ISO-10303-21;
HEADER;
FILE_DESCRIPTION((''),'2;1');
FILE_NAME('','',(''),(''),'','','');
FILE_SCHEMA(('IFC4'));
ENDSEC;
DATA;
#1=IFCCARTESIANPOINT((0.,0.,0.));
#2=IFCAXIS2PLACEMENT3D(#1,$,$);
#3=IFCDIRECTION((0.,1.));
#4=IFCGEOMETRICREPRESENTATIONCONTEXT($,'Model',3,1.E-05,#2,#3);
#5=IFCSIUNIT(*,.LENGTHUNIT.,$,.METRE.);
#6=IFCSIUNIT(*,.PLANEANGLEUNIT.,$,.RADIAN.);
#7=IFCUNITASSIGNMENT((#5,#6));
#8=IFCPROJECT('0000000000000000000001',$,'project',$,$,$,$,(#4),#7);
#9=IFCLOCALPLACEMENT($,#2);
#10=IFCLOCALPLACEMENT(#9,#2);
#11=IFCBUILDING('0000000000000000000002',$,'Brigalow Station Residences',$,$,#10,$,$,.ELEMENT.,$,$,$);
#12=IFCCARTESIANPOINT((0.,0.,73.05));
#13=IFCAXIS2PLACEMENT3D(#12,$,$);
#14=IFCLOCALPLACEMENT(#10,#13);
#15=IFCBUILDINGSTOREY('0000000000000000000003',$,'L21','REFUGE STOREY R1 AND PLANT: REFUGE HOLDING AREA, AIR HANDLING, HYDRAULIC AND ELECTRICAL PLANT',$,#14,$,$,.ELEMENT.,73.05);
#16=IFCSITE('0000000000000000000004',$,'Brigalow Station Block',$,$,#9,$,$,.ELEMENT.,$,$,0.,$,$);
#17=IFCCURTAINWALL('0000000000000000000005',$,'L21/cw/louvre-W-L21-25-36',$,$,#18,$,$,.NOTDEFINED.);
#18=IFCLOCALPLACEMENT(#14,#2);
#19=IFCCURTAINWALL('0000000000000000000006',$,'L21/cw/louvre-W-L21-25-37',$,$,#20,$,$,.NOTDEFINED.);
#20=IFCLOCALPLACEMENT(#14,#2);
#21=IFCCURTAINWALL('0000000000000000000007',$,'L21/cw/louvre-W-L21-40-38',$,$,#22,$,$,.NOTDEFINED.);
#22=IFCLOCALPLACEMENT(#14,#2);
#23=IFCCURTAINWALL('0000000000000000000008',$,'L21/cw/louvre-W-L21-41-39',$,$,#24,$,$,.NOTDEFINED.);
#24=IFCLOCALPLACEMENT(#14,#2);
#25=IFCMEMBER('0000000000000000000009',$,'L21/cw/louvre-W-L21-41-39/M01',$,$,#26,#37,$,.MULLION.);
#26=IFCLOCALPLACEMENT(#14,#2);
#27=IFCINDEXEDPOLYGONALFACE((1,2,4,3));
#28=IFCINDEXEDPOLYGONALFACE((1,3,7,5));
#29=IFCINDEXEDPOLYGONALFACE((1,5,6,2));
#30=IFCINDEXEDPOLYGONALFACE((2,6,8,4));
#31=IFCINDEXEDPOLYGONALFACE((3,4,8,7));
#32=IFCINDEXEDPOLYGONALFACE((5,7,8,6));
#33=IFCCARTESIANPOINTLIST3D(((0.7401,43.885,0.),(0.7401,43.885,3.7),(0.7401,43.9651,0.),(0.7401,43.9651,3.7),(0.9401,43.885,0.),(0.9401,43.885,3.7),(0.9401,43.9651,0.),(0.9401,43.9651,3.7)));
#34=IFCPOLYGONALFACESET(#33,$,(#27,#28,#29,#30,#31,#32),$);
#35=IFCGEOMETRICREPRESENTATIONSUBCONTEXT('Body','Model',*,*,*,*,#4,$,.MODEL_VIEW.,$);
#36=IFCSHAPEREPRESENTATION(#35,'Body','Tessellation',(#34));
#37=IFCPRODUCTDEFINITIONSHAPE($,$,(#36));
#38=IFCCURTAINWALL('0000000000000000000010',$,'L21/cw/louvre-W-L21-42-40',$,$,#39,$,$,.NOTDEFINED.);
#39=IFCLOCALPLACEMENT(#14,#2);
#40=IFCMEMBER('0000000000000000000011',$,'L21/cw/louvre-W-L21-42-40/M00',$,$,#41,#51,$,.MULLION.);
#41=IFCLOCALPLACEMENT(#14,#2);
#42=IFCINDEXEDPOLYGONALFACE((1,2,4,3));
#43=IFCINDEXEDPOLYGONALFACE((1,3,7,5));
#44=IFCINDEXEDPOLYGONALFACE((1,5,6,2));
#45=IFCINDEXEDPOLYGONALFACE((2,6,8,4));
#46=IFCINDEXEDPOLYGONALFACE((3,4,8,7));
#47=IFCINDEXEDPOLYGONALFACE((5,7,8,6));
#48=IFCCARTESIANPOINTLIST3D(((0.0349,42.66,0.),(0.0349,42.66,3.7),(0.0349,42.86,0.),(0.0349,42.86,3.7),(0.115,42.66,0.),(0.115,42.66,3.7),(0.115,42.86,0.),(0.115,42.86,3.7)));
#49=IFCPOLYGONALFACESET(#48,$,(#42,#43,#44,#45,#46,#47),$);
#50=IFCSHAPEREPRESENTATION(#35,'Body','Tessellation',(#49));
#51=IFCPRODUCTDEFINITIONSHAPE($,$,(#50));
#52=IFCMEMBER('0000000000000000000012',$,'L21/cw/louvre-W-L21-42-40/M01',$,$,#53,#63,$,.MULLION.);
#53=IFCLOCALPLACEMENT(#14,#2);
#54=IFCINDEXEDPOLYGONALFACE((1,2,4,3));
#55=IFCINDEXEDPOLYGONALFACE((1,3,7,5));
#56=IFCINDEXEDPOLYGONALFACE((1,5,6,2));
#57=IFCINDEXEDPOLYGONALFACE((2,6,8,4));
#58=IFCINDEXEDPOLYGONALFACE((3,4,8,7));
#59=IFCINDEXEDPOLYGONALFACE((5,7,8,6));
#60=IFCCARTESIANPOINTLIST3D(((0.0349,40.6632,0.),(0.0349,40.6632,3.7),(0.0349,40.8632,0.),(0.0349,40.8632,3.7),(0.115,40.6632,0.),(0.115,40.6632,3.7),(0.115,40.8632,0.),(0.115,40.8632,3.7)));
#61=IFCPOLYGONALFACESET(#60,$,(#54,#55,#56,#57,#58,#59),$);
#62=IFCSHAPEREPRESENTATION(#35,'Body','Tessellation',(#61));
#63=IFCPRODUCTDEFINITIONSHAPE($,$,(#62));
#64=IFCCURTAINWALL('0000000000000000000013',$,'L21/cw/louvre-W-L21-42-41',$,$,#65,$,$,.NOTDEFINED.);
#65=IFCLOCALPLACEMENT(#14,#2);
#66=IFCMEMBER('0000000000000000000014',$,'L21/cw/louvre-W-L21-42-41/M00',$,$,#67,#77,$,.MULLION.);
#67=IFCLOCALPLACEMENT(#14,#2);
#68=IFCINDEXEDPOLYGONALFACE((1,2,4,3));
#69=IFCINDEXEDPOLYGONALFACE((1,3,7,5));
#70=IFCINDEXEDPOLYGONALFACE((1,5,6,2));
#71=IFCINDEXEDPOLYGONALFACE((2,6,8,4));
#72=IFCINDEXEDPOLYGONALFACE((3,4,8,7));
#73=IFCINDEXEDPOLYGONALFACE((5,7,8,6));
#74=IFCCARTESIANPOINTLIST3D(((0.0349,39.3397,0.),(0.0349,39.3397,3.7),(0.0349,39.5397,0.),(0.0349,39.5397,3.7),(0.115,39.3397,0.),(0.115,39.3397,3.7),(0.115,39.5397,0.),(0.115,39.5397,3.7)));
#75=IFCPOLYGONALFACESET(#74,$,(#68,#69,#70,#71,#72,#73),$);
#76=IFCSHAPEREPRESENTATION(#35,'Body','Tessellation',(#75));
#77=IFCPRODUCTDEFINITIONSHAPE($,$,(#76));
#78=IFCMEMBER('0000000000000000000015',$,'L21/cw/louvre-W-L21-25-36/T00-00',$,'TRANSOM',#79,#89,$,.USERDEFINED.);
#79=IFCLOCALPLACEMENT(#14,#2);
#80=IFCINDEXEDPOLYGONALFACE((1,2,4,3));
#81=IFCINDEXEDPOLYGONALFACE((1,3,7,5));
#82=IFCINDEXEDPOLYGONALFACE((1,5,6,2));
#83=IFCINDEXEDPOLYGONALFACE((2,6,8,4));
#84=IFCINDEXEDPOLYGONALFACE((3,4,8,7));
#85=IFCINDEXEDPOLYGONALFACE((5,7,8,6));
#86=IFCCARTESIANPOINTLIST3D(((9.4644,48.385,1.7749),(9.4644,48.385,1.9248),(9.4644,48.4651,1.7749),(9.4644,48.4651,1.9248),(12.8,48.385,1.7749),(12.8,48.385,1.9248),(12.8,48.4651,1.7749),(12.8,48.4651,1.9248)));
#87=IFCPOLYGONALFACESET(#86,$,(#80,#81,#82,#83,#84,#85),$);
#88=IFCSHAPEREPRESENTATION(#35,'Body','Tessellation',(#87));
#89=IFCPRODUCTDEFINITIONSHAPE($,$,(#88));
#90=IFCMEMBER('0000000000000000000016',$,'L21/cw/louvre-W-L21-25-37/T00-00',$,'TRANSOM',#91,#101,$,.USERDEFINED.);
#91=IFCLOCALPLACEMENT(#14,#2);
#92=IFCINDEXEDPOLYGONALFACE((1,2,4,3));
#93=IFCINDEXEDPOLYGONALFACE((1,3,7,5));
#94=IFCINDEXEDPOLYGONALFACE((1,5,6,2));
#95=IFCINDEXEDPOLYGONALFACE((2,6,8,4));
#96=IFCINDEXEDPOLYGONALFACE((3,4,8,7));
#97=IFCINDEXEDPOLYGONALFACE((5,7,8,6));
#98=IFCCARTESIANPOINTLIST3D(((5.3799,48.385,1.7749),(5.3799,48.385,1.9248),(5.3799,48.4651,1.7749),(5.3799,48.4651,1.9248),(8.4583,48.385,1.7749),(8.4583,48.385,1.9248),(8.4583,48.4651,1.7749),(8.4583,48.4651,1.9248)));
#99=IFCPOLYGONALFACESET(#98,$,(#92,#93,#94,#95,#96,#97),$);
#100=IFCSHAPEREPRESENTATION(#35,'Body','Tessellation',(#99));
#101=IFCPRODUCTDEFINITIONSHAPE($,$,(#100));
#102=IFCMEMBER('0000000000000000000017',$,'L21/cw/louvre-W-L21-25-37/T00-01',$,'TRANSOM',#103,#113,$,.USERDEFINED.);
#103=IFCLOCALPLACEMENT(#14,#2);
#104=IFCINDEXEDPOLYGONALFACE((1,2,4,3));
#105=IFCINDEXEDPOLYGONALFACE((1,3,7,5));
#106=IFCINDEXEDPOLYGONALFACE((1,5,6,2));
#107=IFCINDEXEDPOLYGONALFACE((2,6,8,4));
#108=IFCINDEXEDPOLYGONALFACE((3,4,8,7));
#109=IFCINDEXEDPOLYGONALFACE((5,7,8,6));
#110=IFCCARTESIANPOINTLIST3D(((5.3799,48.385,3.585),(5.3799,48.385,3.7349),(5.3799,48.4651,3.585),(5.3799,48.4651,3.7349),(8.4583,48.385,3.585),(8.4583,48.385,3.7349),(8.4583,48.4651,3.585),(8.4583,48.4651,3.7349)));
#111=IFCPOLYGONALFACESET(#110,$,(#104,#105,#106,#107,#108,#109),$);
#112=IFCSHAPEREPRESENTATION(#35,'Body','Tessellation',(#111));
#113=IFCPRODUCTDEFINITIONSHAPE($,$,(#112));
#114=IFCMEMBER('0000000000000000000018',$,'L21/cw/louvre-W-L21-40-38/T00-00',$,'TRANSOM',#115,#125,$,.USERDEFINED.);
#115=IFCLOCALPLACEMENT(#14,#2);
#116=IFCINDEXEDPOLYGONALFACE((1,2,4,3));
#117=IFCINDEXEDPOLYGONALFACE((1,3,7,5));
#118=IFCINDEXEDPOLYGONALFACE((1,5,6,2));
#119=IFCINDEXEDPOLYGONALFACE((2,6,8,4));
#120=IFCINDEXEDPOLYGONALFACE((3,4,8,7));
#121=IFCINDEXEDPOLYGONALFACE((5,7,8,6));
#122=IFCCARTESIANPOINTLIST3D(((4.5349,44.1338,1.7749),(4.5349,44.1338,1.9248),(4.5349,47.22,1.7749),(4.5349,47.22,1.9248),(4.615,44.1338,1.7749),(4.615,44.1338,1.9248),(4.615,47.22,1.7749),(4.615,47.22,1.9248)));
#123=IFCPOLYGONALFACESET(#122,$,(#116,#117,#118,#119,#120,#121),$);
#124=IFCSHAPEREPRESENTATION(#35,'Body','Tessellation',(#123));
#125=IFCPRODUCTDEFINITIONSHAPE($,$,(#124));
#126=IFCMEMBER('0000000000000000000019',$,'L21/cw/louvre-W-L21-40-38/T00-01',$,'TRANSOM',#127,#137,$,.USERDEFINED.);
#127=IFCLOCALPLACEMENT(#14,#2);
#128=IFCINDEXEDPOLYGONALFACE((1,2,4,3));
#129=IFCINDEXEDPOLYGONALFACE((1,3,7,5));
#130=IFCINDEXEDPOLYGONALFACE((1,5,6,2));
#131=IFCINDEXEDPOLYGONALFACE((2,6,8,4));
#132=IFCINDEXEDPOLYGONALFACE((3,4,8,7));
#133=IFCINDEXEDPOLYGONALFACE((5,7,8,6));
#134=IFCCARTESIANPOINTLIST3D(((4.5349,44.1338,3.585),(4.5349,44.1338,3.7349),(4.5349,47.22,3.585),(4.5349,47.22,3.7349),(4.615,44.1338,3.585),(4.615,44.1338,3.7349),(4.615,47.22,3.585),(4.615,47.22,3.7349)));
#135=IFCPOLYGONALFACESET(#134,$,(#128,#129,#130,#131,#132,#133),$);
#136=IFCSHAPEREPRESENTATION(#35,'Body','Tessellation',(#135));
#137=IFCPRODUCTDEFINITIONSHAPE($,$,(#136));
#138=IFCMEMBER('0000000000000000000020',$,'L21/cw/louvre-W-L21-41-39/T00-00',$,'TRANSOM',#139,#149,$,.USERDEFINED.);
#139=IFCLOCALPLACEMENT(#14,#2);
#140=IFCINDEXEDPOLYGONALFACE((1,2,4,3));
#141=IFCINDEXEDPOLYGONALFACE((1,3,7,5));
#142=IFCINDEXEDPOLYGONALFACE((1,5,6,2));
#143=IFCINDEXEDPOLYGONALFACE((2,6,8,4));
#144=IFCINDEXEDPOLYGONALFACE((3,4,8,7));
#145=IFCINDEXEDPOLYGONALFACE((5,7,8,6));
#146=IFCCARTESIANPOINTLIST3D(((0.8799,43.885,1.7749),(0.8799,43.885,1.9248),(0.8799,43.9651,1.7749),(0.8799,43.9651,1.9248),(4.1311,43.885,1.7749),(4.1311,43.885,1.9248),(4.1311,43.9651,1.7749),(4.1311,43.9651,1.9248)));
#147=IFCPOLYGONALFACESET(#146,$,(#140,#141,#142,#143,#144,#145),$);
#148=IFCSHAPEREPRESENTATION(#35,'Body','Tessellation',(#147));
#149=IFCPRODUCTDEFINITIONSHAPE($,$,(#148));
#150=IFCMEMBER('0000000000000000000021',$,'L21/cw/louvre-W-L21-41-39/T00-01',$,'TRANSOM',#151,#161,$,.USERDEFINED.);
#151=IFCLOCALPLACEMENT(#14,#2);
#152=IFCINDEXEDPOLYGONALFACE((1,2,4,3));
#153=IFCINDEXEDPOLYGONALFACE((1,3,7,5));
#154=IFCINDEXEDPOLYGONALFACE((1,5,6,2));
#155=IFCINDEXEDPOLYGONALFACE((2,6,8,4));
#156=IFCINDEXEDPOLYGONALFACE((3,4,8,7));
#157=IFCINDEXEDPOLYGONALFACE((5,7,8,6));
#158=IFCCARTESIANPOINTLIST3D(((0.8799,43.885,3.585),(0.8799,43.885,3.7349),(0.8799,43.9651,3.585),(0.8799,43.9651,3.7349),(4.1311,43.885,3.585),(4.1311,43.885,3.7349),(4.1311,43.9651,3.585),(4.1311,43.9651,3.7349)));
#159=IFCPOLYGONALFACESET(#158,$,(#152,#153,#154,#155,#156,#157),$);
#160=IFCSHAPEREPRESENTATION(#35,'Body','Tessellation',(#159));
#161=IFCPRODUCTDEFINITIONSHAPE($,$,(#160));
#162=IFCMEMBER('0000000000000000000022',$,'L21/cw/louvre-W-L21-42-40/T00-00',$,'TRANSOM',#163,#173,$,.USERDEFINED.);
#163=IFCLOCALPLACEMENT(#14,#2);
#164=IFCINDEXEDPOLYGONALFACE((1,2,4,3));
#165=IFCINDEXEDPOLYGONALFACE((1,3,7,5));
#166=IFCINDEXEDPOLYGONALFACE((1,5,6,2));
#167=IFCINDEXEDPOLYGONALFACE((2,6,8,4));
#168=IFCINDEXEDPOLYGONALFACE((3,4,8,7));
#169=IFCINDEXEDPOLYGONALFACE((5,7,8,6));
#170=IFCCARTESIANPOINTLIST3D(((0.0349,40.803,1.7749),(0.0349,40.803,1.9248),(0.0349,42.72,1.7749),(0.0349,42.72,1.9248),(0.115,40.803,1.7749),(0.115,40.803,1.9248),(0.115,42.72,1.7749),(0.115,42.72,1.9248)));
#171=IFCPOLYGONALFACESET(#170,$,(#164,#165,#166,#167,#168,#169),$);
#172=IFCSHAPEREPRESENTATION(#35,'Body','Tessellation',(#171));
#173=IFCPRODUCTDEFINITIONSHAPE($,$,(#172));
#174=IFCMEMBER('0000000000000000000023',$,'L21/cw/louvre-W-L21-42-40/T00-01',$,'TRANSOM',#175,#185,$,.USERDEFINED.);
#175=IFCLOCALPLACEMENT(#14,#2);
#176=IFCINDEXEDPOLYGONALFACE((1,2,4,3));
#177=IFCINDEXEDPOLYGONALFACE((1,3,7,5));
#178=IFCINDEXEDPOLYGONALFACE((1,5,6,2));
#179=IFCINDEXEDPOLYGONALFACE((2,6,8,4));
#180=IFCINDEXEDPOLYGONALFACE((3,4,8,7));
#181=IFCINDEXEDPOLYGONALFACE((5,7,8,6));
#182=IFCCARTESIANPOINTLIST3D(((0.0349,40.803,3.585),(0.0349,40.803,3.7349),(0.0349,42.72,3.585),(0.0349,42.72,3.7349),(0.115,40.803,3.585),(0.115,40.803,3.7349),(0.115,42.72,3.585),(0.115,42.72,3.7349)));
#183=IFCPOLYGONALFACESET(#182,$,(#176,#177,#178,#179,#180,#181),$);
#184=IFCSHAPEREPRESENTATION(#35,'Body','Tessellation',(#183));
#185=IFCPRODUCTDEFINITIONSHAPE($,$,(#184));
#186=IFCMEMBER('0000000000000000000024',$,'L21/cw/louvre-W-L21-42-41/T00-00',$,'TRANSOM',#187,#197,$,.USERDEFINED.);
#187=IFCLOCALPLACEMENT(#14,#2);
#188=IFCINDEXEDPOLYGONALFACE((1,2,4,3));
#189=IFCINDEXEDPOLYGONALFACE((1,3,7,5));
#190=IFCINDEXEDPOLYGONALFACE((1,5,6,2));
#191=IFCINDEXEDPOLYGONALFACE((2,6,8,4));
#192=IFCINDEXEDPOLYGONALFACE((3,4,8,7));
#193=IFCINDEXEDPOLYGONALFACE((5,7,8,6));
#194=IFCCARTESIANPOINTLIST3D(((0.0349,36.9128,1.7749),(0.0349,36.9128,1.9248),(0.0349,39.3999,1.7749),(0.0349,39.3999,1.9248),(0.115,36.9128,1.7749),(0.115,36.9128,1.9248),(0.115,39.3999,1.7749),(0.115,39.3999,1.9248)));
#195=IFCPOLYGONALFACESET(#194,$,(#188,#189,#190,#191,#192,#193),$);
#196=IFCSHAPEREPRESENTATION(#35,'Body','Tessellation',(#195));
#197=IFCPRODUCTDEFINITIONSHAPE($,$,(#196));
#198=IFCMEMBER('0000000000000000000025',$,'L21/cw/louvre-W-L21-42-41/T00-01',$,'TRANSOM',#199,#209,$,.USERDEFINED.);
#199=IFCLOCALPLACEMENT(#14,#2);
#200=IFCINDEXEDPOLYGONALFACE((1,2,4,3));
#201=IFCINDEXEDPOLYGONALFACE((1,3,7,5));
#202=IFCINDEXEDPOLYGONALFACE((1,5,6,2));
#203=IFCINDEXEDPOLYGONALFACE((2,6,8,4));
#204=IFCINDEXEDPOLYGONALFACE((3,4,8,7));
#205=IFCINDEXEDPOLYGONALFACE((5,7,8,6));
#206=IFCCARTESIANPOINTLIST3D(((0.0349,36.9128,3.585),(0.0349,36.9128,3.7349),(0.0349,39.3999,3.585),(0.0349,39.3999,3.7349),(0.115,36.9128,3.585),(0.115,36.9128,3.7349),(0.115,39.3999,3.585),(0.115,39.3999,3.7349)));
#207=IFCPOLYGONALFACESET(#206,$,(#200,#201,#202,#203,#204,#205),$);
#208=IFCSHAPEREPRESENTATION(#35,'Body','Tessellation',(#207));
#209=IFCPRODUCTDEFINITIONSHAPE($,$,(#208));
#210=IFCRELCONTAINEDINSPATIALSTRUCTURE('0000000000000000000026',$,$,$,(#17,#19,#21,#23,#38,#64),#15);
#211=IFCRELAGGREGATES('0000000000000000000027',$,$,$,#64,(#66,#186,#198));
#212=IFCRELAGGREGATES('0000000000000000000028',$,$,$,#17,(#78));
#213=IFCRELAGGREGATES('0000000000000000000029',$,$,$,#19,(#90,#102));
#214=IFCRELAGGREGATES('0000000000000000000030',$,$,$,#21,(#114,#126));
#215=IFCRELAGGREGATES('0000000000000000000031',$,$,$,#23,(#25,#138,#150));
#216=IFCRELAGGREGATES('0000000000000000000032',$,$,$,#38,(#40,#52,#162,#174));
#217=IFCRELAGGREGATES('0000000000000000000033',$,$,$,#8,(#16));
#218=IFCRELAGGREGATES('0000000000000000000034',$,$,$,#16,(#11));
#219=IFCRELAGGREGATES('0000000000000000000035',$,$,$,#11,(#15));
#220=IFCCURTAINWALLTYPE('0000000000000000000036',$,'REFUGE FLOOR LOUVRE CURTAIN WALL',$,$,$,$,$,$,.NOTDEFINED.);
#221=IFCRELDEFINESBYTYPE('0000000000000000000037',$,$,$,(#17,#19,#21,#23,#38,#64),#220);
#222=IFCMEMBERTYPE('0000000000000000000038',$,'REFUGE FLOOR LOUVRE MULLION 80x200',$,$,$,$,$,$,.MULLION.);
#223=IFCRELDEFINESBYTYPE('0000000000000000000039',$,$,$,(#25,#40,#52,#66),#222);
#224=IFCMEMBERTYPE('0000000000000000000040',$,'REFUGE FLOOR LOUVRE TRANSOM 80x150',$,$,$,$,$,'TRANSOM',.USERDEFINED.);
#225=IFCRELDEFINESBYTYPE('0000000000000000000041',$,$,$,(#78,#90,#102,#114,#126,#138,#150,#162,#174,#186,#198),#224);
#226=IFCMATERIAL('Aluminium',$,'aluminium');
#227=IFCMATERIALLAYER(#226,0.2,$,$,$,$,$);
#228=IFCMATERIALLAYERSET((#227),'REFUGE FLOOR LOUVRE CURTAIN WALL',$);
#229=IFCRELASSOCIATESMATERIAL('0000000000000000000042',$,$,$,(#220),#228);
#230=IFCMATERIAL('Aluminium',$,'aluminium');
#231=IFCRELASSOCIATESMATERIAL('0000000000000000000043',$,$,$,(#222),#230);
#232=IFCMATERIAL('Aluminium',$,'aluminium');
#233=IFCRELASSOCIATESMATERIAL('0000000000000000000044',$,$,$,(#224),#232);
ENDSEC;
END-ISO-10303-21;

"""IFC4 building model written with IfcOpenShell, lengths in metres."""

from ifc_helpers import new_model, si_unit, direction, frame, origin, origin_2d, place, context, subcontext, project, spatial, rectangle, extrude, material, layer, layer_set, material_profile, profile_set, type_object, element, aggregate, save


model = new_model("IFC4")

# Units and contexts
model_context = context("Model", 3, precision=1e-05, world=origin(), true_north=direction((0.0, 1.0)))
body_context = subcontext(model_context, "Body", "Model", "MODEL_VIEW")
ifc_project = project(units=[si_unit("LENGTHUNIT", "METRE"), si_unit("PLANEANGLEUNIT", "RADIAN")], contexts=[model_context])

# Site, building, storey
site_placement = place(None, origin())
site = spatial("IfcSite", under=ifc_project, at=site_placement, Name="Brigalow Station Block", CompositionType="ELEMENT", RefElevation=0.0)
building_placement = place(site_placement, origin())
building = spatial("IfcBuilding", under=site, at=building_placement, Name="Brigalow Station Residences", CompositionType="ELEMENT")
storey_placement = place(building_placement, frame((0.0, 0.0, 73.05)))
storey = spatial("IfcBuildingStorey", under=building, at=storey_placement, Name="L21", Description="REFUGE STOREY R1 AND PLANT: REFUGE HOLDING AREA, AIR HANDLING, HYDRAULIC AND ELECTRICAL PLANT", CompositionType="ELEMENT", Elevation=73.05)

# Curtain wall
ifc_material_1 = material(Name="Aluminium", Category="aluminium")
ifc_layer_1 = layer(ifc_material_1, 0.2)
ifc_layer_set_1 = layer_set([ifc_layer_1], Name="REFUGE FLOOR LOUVRE CURTAIN WALL")
curtain_wall_type = type_object("IfcCurtainWallType", Name="REFUGE FLOOR LOUVRE CURTAIN WALL", PredefinedType="NOTDEFINED", material=ifc_layer_set_1)
curtain_wall_1_placement = place(storey_placement, origin())
curtain_wall_1 = element("IfcCurtainWall", 1, at=curtain_wall_1_placement, inside=storey, type_object=curtain_wall_type, Name="L21/cw/louvre-W-L21-25-36", PredefinedType="NOTDEFINED")
ifc_material_2 = material(Name="Aluminium", Category="aluminium")
ifc_material_profile_1 = material_profile(ifc_material_2, rectangle(XDim=0.0801, YDim=0.2, at=origin_2d()), Name="REFUGE FLOOR LOUVRE MULLION 80x200")
ifc_profile_set_1 = profile_set([ifc_material_profile_1], Name="Aluminium")
member_type_1 = type_object("IfcMemberType", Name="REFUGE FLOOR LOUVRE MULLION 80x200", PredefinedType="MULLION", material=ifc_profile_set_1)

# Curtain walls, members
curtain_wall_2_placement = place(storey_placement, origin())
curtain_wall_2 = element("IfcCurtainWall", 2, at=curtain_wall_2_placement, inside=storey, type_object=curtain_wall_type, Name="L21/cw/louvre-W-L21-25-37", PredefinedType="NOTDEFINED")
curtain_wall_3_placement = place(storey_placement, origin())
curtain_wall_3 = element("IfcCurtainWall", 3, at=curtain_wall_3_placement, inside=storey, type_object=curtain_wall_type, Name="L21/cw/louvre-W-L21-40-38", PredefinedType="NOTDEFINED")
curtain_wall_4_placement = place(storey_placement, origin())
curtain_wall_4 = element("IfcCurtainWall", 4, at=curtain_wall_4_placement, inside=storey, type_object=curtain_wall_type, Name="L21/cw/louvre-W-L21-41-39", PredefinedType="NOTDEFINED")
member_1_placement = place(storey_placement, frame((0.8401, 43.925, 0.0), z_axis=(0.0, 0.0, 1.0), x_axis=(0.0, -1.0, 0.0)))
member_1 = element("IfcMember", 5, at=member_1_placement, type_object=member_type_1, Name="L21/cw/louvre-W-L21-41-39/M01", PredefinedType="MULLION", context=body_context, shape_type="SweptSolid", body=[
    extrude(rectangle(XDim=0.0801, YDim=0.2, at=origin_2d()), origin(), (0.0, 0.0, 1.0), 3.7),
])
curtain_wall_5_placement = place(storey_placement, origin())
curtain_wall_5 = element("IfcCurtainWall", 6, at=curtain_wall_5_placement, inside=storey, type_object=curtain_wall_type, Name="L21/cw/louvre-W-L21-42-40", PredefinedType="NOTDEFINED")
member_2_placement = place(storey_placement, frame((0.075, 42.76, 0.0), z_axis=(0.0, 0.0, 1.0), x_axis=(1.0, 0.0, 0.0)))
member_2 = element("IfcMember", 7, at=member_2_placement, type_object=member_type_1, Name="L21/cw/louvre-W-L21-42-40/M00", PredefinedType="MULLION", context=body_context, shape_type="SweptSolid", body=[
    extrude(rectangle(XDim=0.0801, YDim=0.2, at=origin_2d()), origin(), (0.0, 0.0, 1.0), 3.7),
])
member_3_placement = place(storey_placement, frame((0.075, 40.7632, 0.0), z_axis=(0.0, 0.0, 1.0), x_axis=(1.0, 0.0, 0.0)))
member_3 = element("IfcMember", 8, at=member_3_placement, type_object=member_type_1, Name="L21/cw/louvre-W-L21-42-40/M01", PredefinedType="MULLION", context=body_context, shape_type="SweptSolid", body=[
    extrude(rectangle(XDim=0.0801, YDim=0.2, at=origin_2d()), origin(), (0.0, 0.0, 1.0), 3.7),
])

# Curtain wall, member
curtain_wall_6_placement = place(storey_placement, origin())
curtain_wall_6 = element("IfcCurtainWall", 9, at=curtain_wall_6_placement, inside=storey, type_object=curtain_wall_type, Name="L21/cw/louvre-W-L21-42-41", PredefinedType="NOTDEFINED")
member_4_placement = place(storey_placement, frame((0.075, 39.4397, 0.0), z_axis=(0.0, 0.0, 1.0), x_axis=(1.0, 0.0, 0.0)))
member_4 = element("IfcMember", 10, at=member_4_placement, type_object=member_type_1, Name="L21/cw/louvre-W-L21-42-41/M00", PredefinedType="MULLION", context=body_context, shape_type="SweptSolid", body=[
    extrude(rectangle(XDim=0.0801, YDim=0.2, at=origin_2d()), origin(), (0.0, 0.0, 1.0), 3.7),
])

# Members
ifc_material_3 = material(Name="Aluminium", Category="aluminium")
ifc_material_profile_2 = material_profile(ifc_material_3, rectangle(XDim=0.0801, YDim=0.1499, at=origin_2d()), Name="REFUGE FLOOR LOUVRE TRANSOM 80x150")
ifc_profile_set_2 = profile_set([ifc_material_profile_2], Name="Aluminium")
member_type_2 = type_object("IfcMemberType", Name="REFUGE FLOOR LOUVRE TRANSOM 80x150", ElementType="TRANSOM", PredefinedType="USERDEFINED", material=ifc_profile_set_2)
member_5_placement = place(storey_placement, frame((12.8, 48.425, 1.8499), z_axis=(-1.0, 0.0, 0.0), x_axis=(0.0, -1.0, 0.0)))
member_5 = element("IfcMember", 11, at=member_5_placement, type_object=member_type_2, Name="L21/cw/louvre-W-L21-25-36/T00-00", ObjectType="TRANSOM", PredefinedType="USERDEFINED", context=body_context, shape_type="SweptSolid", body=[
    extrude(rectangle(XDim=0.0801, YDim=0.1499, at=origin_2d()), origin(), (0.0, 0.0, 1.0), 3.3357),
])
member_6_placement = place(storey_placement, frame((8.4583, 48.425, 1.8499), z_axis=(-1.0, 0.0, 0.0), x_axis=(0.0, -1.0, 0.0)))
member_6 = element("IfcMember", 12, at=member_6_placement, type_object=member_type_2, Name="L21/cw/louvre-W-L21-25-37/T00-00", ObjectType="TRANSOM", PredefinedType="USERDEFINED", context=body_context, shape_type="SweptSolid", body=[
    extrude(rectangle(XDim=0.0801, YDim=0.1499, at=origin_2d()), origin(), (0.0, 0.0, 1.0), 3.0784),
])
member_7_placement = place(storey_placement, frame((8.4583, 48.425, 3.6599), z_axis=(-1.0, 0.0, 0.0), x_axis=(0.0, -1.0, 0.0)))
member_7 = element("IfcMember", 13, at=member_7_placement, type_object=member_type_2, Name="L21/cw/louvre-W-L21-25-37/T00-01", ObjectType="TRANSOM", PredefinedType="USERDEFINED", context=body_context, shape_type="SweptSolid", body=[
    extrude(rectangle(XDim=0.0801, YDim=0.1499, at=origin_2d()), origin(), (0.0, 0.0, 1.0), 3.0784),
])
member_8_placement = place(storey_placement, frame((4.575, 47.22, 1.8499), z_axis=(0.0, -1.0, 0.0), x_axis=(1.0, 0.0, 0.0)))
member_8 = element("IfcMember", 14, at=member_8_placement, type_object=member_type_2, Name="L21/cw/louvre-W-L21-40-38/T00-00", ObjectType="TRANSOM", PredefinedType="USERDEFINED", context=body_context, shape_type="SweptSolid", body=[
    extrude(rectangle(XDim=0.0801, YDim=0.1499, at=origin_2d()), origin(), (0.0, 0.0, 1.0), 3.0862),
])
member_9_placement = place(storey_placement, frame((4.575, 47.22, 3.6599), z_axis=(0.0, -1.0, 0.0), x_axis=(1.0, 0.0, 0.0)))
member_9 = element("IfcMember", 15, at=member_9_placement, type_object=member_type_2, Name="L21/cw/louvre-W-L21-40-38/T00-01", ObjectType="TRANSOM", PredefinedType="USERDEFINED", context=body_context, shape_type="SweptSolid", body=[
    extrude(rectangle(XDim=0.0801, YDim=0.1499, at=origin_2d()), origin(), (0.0, 0.0, 1.0), 3.0862),
])
member_10_placement = place(storey_placement, frame((4.1311, 43.925, 1.8499), z_axis=(-1.0, 0.0, 0.0), x_axis=(0.0, -1.0, 0.0)))
member_10 = element("IfcMember", 16, at=member_10_placement, type_object=member_type_2, Name="L21/cw/louvre-W-L21-41-39/T00-00", ObjectType="TRANSOM", PredefinedType="USERDEFINED", context=body_context, shape_type="SweptSolid", body=[
    extrude(rectangle(XDim=0.0801, YDim=0.1499, at=origin_2d()), origin(), (0.0, 0.0, 1.0), 3.2512),
])
member_11_placement = place(storey_placement, frame((4.1311, 43.925, 3.6599), z_axis=(-1.0, 0.0, 0.0), x_axis=(0.0, -1.0, 0.0)))
member_11 = element("IfcMember", 17, at=member_11_placement, type_object=member_type_2, Name="L21/cw/louvre-W-L21-41-39/T00-01", ObjectType="TRANSOM", PredefinedType="USERDEFINED", context=body_context, shape_type="SweptSolid", body=[
    extrude(rectangle(XDim=0.0801, YDim=0.1499, at=origin_2d()), origin(), (0.0, 0.0, 1.0), 3.2512),
])
member_12_placement = place(storey_placement, frame((0.075, 42.72, 1.8499), z_axis=(0.0, -1.0, 0.0), x_axis=(1.0, 0.0, 0.0)))
member_12 = element("IfcMember", 18, at=member_12_placement, type_object=member_type_2, Name="L21/cw/louvre-W-L21-42-40/T00-00", ObjectType="TRANSOM", PredefinedType="USERDEFINED", context=body_context, shape_type="SweptSolid", body=[
    extrude(rectangle(XDim=0.0801, YDim=0.1499, at=origin_2d()), origin(), (0.0, 0.0, 1.0), 1.917),
])
member_13_placement = place(storey_placement, frame((0.075, 42.72, 3.6599), z_axis=(0.0, -1.0, 0.0), x_axis=(1.0, 0.0, 0.0)))
member_13 = element("IfcMember", 19, at=member_13_placement, type_object=member_type_2, Name="L21/cw/louvre-W-L21-42-40/T00-01", ObjectType="TRANSOM", PredefinedType="USERDEFINED", context=body_context, shape_type="SweptSolid", body=[
    extrude(rectangle(XDim=0.0801, YDim=0.1499, at=origin_2d()), origin(), (0.0, 0.0, 1.0), 1.917),
])
member_14_placement = place(storey_placement, frame((0.075, 39.3999, 1.8499), z_axis=(0.0, -1.0, 0.0), x_axis=(1.0, 0.0, 0.0)))
member_14 = element("IfcMember", 20, at=member_14_placement, type_object=member_type_2, Name="L21/cw/louvre-W-L21-42-41/T00-00", ObjectType="TRANSOM", PredefinedType="USERDEFINED", context=body_context, shape_type="SweptSolid", body=[
    extrude(rectangle(XDim=0.0801, YDim=0.1499, at=origin_2d()), origin(), (0.0, 0.0, 1.0), 2.4871),
])
member_15_placement = place(storey_placement, frame((0.075, 39.3999, 3.6599), z_axis=(0.0, -1.0, 0.0), x_axis=(1.0, 0.0, 0.0)))
member_15 = element("IfcMember", 21, at=member_15_placement, type_object=member_type_2, Name="L21/cw/louvre-W-L21-42-41/T00-01", ObjectType="TRANSOM", PredefinedType="USERDEFINED", context=body_context, shape_type="SweptSolid", body=[
    extrude(rectangle(XDim=0.0801, YDim=0.1499, at=origin_2d()), origin(), (0.0, 0.0, 1.0), 2.4871),
])
aggregate(curtain_wall_6, [member_4, member_14, member_15])

aggregate(curtain_wall_1, [member_5])
aggregate(curtain_wall_2, [member_6, member_7])
aggregate(curtain_wall_3, [member_8, member_9])
aggregate(curtain_wall_4, [member_1, member_10, member_11])
aggregate(curtain_wall_5, [member_2, member_3, member_12, member_13])

save(model, "model.ifc")
